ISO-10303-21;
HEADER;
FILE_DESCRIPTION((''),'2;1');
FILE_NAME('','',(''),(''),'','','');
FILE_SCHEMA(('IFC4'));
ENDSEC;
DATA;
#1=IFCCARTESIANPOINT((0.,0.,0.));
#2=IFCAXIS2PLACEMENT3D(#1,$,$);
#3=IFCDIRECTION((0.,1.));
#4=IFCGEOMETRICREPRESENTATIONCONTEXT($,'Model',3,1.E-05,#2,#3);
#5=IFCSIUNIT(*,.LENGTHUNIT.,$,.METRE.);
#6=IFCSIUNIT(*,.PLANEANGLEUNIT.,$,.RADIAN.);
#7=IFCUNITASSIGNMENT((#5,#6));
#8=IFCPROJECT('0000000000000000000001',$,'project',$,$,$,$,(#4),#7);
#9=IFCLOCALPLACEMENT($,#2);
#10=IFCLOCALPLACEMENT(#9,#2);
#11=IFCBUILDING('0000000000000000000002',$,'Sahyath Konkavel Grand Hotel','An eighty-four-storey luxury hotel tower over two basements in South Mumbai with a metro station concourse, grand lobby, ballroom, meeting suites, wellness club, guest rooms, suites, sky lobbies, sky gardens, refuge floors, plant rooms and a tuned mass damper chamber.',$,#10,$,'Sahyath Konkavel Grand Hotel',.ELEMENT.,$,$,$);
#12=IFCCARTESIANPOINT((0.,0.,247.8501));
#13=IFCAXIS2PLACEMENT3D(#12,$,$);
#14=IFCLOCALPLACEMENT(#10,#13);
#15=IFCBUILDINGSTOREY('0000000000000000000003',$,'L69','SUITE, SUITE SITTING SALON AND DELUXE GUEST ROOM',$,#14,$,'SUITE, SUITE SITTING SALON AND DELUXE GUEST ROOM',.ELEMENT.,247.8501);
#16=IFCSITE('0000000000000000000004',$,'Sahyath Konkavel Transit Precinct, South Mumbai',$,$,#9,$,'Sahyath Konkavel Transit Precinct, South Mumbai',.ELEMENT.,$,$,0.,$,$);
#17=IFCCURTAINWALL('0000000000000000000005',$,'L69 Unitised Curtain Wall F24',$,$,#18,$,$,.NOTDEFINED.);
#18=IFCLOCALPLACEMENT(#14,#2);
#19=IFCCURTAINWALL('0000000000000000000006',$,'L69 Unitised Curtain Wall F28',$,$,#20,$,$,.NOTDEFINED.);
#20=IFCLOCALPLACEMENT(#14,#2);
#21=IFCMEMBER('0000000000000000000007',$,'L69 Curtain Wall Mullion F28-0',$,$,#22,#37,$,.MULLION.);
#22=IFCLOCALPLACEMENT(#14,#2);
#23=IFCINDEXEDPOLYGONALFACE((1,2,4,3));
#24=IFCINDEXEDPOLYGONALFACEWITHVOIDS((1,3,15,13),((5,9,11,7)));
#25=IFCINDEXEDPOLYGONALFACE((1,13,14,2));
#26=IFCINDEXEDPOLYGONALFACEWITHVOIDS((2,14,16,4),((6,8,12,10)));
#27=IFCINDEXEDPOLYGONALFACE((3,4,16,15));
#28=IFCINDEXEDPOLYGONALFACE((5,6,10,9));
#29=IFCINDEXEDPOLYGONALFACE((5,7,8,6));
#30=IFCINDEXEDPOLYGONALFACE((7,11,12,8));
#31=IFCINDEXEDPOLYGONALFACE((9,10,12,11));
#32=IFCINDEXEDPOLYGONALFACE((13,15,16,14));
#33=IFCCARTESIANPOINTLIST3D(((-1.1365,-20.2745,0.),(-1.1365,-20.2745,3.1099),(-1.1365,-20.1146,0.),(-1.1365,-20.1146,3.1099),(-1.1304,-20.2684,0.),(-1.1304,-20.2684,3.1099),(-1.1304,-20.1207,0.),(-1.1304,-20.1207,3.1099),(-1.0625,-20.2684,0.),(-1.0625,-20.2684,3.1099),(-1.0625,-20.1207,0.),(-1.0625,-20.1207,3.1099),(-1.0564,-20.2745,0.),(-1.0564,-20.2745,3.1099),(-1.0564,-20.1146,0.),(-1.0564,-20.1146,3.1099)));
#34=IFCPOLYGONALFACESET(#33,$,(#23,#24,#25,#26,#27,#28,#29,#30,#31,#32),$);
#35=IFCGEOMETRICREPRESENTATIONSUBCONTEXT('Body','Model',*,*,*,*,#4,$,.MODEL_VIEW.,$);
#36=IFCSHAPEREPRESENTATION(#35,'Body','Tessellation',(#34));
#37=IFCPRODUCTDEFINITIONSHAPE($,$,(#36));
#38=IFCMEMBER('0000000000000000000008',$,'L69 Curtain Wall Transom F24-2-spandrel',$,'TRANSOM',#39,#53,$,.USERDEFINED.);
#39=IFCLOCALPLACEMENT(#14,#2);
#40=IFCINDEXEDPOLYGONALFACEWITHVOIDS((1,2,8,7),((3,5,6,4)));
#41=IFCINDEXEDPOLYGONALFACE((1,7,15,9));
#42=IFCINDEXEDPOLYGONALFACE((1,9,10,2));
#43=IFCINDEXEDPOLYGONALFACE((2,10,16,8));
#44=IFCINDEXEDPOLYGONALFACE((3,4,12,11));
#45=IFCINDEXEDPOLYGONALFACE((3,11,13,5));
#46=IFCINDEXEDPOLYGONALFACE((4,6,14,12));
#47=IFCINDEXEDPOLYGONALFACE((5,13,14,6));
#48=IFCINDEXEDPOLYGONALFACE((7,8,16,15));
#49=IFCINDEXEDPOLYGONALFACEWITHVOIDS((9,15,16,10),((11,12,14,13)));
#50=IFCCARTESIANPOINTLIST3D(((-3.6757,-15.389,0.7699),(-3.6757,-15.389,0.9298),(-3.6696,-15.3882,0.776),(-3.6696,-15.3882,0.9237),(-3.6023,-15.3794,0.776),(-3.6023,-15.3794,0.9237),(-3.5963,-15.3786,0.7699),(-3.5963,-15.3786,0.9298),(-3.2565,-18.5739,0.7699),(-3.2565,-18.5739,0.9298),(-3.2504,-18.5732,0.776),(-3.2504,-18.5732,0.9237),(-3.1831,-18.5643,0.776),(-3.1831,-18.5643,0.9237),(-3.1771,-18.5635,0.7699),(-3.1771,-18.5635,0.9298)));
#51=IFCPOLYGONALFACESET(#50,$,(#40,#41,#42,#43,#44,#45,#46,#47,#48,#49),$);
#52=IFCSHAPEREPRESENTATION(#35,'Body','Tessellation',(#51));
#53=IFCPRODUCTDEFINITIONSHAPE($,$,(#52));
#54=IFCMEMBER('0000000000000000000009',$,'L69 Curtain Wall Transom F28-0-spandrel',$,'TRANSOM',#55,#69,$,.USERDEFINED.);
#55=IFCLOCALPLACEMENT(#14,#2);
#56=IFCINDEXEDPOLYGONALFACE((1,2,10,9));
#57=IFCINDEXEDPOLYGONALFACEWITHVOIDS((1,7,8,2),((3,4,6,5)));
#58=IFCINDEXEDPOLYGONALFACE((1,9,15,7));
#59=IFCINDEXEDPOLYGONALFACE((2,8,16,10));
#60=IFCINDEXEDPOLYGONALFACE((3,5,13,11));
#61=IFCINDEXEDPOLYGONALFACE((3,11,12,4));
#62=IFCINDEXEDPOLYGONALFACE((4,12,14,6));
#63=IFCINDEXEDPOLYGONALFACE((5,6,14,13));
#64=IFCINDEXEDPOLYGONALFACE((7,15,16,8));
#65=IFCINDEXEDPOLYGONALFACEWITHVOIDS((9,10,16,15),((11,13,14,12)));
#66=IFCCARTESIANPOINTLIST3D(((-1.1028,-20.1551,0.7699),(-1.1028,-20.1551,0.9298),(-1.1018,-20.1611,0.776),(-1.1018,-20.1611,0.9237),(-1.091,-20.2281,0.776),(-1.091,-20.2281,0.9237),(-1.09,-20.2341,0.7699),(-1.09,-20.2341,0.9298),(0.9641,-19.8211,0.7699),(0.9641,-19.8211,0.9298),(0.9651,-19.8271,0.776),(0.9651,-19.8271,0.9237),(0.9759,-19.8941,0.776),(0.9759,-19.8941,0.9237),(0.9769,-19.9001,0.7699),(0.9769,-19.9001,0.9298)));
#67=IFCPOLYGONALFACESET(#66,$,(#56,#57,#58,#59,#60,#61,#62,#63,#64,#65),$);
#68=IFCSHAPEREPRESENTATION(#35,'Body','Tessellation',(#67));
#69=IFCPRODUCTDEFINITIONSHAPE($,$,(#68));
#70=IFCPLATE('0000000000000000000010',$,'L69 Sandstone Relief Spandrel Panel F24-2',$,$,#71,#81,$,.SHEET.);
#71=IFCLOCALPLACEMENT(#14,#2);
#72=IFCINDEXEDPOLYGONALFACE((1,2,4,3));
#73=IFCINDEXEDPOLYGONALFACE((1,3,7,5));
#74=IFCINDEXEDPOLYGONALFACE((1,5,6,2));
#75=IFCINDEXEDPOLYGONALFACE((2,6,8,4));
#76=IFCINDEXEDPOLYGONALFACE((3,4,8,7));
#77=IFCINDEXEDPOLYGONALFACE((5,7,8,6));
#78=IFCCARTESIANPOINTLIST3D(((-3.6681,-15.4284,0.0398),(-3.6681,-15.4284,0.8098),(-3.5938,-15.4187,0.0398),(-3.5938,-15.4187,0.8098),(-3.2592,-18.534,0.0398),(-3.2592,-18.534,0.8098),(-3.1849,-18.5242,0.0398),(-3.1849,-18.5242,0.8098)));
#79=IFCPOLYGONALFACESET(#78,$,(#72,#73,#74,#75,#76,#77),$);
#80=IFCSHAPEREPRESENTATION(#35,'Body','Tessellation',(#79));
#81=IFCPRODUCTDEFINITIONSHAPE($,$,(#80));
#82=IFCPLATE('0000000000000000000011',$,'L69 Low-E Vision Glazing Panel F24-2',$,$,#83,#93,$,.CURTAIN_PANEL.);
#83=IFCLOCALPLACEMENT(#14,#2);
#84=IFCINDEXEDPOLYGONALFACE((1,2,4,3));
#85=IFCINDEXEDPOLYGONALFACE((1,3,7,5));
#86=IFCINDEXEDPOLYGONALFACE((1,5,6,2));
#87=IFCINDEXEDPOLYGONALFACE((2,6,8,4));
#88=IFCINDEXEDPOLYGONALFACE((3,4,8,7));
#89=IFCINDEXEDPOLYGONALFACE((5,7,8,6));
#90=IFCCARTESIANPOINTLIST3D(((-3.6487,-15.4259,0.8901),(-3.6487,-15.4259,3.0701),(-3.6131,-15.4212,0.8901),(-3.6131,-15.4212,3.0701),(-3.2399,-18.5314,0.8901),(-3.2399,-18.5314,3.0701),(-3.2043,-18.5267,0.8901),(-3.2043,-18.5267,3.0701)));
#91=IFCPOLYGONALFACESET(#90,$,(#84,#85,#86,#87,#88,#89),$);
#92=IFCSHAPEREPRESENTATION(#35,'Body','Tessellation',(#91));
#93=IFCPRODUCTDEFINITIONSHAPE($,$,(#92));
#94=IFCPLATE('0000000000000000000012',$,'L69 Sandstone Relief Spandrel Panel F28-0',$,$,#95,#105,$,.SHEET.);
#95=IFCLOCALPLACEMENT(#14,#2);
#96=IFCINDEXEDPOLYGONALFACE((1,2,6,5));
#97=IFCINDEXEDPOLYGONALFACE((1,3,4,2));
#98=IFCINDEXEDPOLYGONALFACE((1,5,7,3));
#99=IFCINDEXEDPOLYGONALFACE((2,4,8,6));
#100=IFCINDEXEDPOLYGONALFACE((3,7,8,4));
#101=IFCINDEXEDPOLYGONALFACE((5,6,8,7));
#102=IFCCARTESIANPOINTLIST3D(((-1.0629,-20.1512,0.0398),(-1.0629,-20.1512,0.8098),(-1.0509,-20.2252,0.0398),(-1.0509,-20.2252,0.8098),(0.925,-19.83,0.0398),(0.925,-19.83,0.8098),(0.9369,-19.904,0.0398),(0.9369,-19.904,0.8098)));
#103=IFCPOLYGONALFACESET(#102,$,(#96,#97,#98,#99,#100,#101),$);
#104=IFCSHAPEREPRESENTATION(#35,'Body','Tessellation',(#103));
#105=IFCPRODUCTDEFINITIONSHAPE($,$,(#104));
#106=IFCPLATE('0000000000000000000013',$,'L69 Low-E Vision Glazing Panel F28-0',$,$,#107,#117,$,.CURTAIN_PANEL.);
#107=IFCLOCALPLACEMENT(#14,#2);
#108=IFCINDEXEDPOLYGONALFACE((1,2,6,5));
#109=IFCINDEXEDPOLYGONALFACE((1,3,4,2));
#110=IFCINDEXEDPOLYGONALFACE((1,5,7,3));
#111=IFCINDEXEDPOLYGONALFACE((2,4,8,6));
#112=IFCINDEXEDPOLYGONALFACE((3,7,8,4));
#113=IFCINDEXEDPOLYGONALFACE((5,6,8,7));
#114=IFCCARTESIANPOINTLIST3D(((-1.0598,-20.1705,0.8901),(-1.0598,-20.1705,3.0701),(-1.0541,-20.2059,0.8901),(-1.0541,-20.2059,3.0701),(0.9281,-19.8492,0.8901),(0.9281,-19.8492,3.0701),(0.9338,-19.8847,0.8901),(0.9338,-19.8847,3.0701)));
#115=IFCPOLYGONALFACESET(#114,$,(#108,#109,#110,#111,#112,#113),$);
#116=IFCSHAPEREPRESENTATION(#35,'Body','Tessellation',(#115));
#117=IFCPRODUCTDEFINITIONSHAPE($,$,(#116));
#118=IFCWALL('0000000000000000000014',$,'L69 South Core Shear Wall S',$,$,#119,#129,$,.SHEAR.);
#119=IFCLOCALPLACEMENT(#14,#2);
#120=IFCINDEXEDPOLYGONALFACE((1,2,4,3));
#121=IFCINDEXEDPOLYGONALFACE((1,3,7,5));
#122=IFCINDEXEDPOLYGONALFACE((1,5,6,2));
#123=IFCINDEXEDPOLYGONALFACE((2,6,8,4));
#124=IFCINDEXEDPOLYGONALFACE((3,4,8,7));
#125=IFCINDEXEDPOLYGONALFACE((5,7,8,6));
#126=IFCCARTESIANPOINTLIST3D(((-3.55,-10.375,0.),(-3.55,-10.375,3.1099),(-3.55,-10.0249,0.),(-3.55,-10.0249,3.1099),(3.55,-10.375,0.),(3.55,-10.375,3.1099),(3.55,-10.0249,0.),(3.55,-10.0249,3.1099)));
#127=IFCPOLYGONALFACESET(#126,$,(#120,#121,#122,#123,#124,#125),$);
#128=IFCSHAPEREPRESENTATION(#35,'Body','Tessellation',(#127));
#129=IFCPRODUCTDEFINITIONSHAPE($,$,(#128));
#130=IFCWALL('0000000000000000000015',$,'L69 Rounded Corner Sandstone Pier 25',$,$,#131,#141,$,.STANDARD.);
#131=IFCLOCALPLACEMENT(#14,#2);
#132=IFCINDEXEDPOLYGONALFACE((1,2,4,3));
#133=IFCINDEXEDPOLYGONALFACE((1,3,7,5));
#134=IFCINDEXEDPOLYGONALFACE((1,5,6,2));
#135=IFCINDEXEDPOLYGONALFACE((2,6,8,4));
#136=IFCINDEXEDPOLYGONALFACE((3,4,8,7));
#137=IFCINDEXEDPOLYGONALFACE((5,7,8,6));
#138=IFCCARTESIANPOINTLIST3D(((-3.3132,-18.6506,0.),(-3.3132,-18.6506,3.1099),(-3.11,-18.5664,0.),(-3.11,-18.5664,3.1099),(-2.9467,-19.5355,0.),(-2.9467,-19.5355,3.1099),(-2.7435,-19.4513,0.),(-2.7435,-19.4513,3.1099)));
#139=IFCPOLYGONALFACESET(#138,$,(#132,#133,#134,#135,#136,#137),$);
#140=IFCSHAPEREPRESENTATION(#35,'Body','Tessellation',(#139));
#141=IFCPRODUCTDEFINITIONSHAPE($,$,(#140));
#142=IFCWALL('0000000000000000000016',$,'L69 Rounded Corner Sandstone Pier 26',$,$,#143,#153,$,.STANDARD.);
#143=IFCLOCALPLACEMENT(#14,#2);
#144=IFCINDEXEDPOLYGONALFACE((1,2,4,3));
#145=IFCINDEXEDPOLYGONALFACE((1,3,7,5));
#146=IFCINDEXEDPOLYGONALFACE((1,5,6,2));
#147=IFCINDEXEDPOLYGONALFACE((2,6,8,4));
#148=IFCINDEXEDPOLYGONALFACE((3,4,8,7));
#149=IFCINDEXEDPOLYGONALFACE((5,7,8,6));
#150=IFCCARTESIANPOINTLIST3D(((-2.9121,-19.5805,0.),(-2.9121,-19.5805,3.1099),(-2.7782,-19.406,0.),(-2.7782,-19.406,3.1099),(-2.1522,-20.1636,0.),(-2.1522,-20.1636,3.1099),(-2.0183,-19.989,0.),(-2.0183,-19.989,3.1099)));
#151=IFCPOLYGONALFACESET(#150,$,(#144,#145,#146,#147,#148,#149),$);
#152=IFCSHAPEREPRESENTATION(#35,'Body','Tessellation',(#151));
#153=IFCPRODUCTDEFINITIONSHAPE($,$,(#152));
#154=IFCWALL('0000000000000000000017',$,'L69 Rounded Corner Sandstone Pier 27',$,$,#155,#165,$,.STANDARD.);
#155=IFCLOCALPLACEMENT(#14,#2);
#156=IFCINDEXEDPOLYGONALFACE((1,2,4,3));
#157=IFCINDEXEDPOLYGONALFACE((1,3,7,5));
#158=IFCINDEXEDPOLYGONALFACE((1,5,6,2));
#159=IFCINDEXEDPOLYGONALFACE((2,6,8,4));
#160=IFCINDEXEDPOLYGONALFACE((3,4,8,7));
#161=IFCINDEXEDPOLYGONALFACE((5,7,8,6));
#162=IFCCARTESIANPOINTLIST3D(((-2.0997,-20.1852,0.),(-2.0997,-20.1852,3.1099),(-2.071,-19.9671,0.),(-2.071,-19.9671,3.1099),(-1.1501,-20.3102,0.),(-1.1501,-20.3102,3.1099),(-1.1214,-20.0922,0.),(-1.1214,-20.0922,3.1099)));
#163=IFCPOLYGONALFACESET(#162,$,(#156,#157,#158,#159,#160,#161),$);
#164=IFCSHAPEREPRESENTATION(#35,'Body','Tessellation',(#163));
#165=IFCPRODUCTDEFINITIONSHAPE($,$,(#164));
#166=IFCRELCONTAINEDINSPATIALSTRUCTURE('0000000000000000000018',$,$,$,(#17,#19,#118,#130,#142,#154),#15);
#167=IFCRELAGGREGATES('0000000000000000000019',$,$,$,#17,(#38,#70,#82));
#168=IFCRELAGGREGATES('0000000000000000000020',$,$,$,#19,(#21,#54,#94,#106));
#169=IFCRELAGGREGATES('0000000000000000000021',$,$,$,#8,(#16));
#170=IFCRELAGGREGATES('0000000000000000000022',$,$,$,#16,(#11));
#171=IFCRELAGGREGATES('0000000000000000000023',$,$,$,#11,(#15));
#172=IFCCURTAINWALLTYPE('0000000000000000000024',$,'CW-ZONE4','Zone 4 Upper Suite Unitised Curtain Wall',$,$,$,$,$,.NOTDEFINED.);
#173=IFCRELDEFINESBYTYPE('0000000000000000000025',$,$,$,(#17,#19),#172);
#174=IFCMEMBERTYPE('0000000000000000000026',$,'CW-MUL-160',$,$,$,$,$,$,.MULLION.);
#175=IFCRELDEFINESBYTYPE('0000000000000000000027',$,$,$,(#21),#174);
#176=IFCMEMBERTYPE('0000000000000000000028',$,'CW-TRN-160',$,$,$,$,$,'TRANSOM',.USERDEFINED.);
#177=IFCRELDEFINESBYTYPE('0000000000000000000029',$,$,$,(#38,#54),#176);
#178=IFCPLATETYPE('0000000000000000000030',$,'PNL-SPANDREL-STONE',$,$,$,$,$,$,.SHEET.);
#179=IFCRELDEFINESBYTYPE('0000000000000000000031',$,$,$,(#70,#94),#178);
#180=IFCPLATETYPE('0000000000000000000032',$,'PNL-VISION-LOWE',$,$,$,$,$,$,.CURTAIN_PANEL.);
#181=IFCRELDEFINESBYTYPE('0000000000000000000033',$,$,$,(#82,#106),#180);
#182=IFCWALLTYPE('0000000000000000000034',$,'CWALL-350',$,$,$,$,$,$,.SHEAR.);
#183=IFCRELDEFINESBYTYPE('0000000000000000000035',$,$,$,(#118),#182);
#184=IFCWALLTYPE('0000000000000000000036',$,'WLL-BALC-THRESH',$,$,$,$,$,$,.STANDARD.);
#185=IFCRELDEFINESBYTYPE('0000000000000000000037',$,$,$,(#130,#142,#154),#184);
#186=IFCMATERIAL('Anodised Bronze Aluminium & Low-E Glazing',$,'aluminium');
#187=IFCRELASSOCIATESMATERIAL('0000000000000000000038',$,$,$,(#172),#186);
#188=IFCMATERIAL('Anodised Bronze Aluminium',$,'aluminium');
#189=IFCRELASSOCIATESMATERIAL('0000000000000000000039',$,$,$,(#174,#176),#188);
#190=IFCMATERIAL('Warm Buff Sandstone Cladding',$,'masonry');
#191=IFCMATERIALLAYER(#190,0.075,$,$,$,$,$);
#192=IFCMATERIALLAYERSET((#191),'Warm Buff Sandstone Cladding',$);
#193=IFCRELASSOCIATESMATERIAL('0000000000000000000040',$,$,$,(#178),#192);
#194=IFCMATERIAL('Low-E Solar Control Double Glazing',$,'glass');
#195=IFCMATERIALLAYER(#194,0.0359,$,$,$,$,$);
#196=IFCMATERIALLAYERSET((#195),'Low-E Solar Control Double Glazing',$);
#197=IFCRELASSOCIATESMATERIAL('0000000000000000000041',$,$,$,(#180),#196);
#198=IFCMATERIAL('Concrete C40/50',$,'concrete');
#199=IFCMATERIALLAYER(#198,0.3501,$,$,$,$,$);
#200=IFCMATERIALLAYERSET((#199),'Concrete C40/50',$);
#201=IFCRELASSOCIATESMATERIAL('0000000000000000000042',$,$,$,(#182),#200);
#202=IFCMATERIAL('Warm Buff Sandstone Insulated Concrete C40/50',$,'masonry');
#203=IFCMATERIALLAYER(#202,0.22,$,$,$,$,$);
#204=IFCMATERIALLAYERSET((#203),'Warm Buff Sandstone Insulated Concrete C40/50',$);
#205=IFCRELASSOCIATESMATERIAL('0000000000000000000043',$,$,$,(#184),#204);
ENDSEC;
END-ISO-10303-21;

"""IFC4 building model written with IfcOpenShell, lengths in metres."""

from ifc_helpers import new_model, si_unit, direction, frame, frame_2d, origin, origin_2d, place, context, subcontext, project, spatial, rectangle, hollow_rectangle, extrude, source, transform, mapped, material, layer, layer_set, material_profile, profile_set, type_object, element, aggregate, save


model = new_model("IFC4")

# Units and contexts
model_context = context("Model", 3, precision=1e-05, world=origin(), true_north=direction((0.0, 1.0)))
body_context = subcontext(model_context, "Body", "Model", "MODEL_VIEW")
ifc_project = project(units=[si_unit("LENGTHUNIT", "METRE"), si_unit("PLANEANGLEUNIT", "RADIAN")], contexts=[model_context])

# Site, building, storey
site_placement = place(None, origin())
site = spatial("IfcSite", under=ifc_project, at=site_placement, Name="Sahyath Konkavel Transit Precinct, South Mumbai", LongName="Sahyath Konkavel Transit Precinct, South Mumbai", CompositionType="ELEMENT", RefElevation=0.0)
building_placement = place(site_placement, origin())
building = spatial("IfcBuilding", under=site, at=building_placement, Name="Sahyath Konkavel Grand Hotel", Description="An eighty-four-storey luxury hotel tower over two basements in South Mumbai with a metro station concourse, grand lobby, ballroom, meeting suites, wellness club, guest rooms, suites, sky lobbies, sky gardens, refuge floors, plant rooms and a tuned mass damper chamber.", LongName="Sahyath Konkavel Grand Hotel", CompositionType="ELEMENT")
storey_placement = place(building_placement, frame((0.0, 0.0, 247.8501)))
storey = spatial("IfcBuildingStorey", under=building, at=storey_placement, Name="L69", Description="SUITE, SUITE SITTING SALON AND DELUXE GUEST ROOM", LongName="SUITE, SUITE SITTING SALON AND DELUXE GUEST ROOM", CompositionType="ELEMENT", Elevation=247.8501)

# Shared definitions
ifc_material_1 = material(Name="Concrete C40/50", Category="concrete")

# Curtain wall
ifc_material_2 = material(Name="Anodised Bronze Aluminium & Low-E Glazing", Category="aluminium")
curtain_wall_type = type_object("IfcCurtainWallType", Name="CW-ZONE4", Description="Zone 4 Upper Suite Unitised Curtain Wall", PredefinedType="NOTDEFINED", material=ifc_material_2)
curtain_wall_1_placement = place(storey_placement, origin())
curtain_wall_1 = element("IfcCurtainWall", 1, at=curtain_wall_1_placement, inside=storey, type_object=curtain_wall_type, Name="L69 Unitised Curtain Wall F24", PredefinedType="NOTDEFINED")
ifc_material_3 = material(Name="Anodised Bronze Aluminium", Category="aluminium")
ifc_material_profile_1 = material_profile(ifc_material_3, hollow_rectangle(XDim=0.0801, YDim=0.1599, WallThickness=0.0061, at=origin_2d()), Name="RHS 160x80x6")
ifc_profile_set_1 = profile_set([ifc_material_profile_1], Name="Anodised Bronze Aluminium")
member_type_1 = type_object("IfcMemberType", Name="CW-MUL-160", PredefinedType="MULLION", material=ifc_profile_set_1)
shared_shape_1 = source(origin(), body_context, "Body", "SweptSolid", [
    extrude(hollow_rectangle(XDim=0.0801, YDim=0.1599, WallThickness=0.0061, at=origin_2d()), origin(), (0.0, 0.0, 1.0), 3.1099),
])

# Curtain wall, member
curtain_wall_2_placement = place(storey_placement, origin())
curtain_wall_2 = element("IfcCurtainWall", 2, at=curtain_wall_2_placement, inside=storey, type_object=curtain_wall_type, Name="L69 Unitised Curtain Wall F28", PredefinedType="NOTDEFINED")
member_1_placement = place(storey_placement, frame((-1.0964, -20.1946, 0.0), z_axis=(0.0, 0.0, 1.0), x_axis=(1.0, 0.0, 0.0)))
member_1 = element("IfcMember", 3, at=member_1_placement, type_object=member_type_1, Name="L69 Curtain Wall Mullion F28-0", PredefinedType="MULLION", context=body_context, shape_type="MappedRepresentation", body=[
    mapped(shared_shape_1, transform((0.0, 0.0, 0.0), scale=1.0)),
])

# Members
ifc_material_profile_2 = material_profile(ifc_material_3, hollow_rectangle(XDim=0.0801, YDim=0.1599, WallThickness=0.0061, at=origin_2d()), Name="RHS 160x80x6")
ifc_profile_set_2 = profile_set([ifc_material_profile_2], Name="Anodised Bronze Aluminium")
member_type_2 = type_object("IfcMemberType", Name="CW-TRN-160", ElementType="TRANSOM", PredefinedType="USERDEFINED", material=ifc_profile_set_2)
shared_shape_2 = source(origin(), body_context, "Body", "SweptSolid", [
    extrude(hollow_rectangle(XDim=0.0801, YDim=0.1599, WallThickness=0.0061, at=origin_2d()), origin(), (0.0, 0.0, 1.0), 3.2124),
])
member_2_placement = place(storey_placement, frame((-3.636, -15.3838, 0.8499), z_axis=(0.130496, -0.991449, 0.0), x_axis=(0.991449, 0.130496, 0.0)))
member_2 = element("IfcMember", 4, at=member_2_placement, type_object=member_type_2, Name="L69 Curtain Wall Transom F24-2-spandrel", ObjectType="TRANSOM", PredefinedType="USERDEFINED", context=body_context, shape_type="MappedRepresentation", body=[
    mapped(shared_shape_2, transform((0.0, 0.0, 0.0), scale=1.0)),
])
shared_shape_3 = source(origin(), body_context, "Body", "SweptSolid", [
    extrude(hollow_rectangle(XDim=0.0801, YDim=0.1599, WallThickness=0.0061, at=origin_2d()), origin(), (0.0, 0.0, 1.0), 2.0938),
])
member_3_placement = place(storey_placement, frame((-1.0964, -20.1946, 0.8499), z_axis=(0.987195, 0.159518, 0.0), x_axis=(-0.159518, 0.987195, 0.0)))
member_3 = element("IfcMember", 5, at=member_3_placement, type_object=member_type_2, Name="L69 Curtain Wall Transom F28-0-spandrel", ObjectType="TRANSOM", PredefinedType="USERDEFINED", context=body_context, shape_type="MappedRepresentation", body=[
    mapped(shared_shape_3, transform((0.0, 0.0, 0.0), scale=1.0)),
])

# Plates
ifc_material_4 = material(Name="Warm Buff Sandstone Cladding", Category="masonry")
ifc_layer_1 = layer(ifc_material_4, 0.075)
ifc_layer_set_1 = layer_set([ifc_layer_1], Name="Warm Buff Sandstone Cladding")
plate_type_1 = type_object("IfcPlateType", Name="PNL-SPANDREL-STONE", PredefinedType="SHEET", material=ifc_layer_set_1)
shared_shape_4 = source(origin(), body_context, "Body", "SweptSolid", [
    extrude(rectangle(XDim=3.1323, YDim=0.075, at=origin_2d()), origin(), (0.0, 0.0, 1.0), 0.77),
])
plate_1_placement = place(storey_placement, frame((-3.4265, -16.9763, 0.0398), z_axis=(0.0, 0.0, 1.0), x_axis=(0.130526, -0.991445, 0.0)))
plate_1 = element("IfcPlate", 6, at=plate_1_placement, type_object=plate_type_1, Name="L69 Sandstone Relief Spandrel Panel F24-2", PredefinedType="SHEET", context=body_context, shape_type="MappedRepresentation", body=[
    mapped(shared_shape_4, transform((0.0, 0.0, 0.0), scale=1.0)),
])
ifc_material_5 = material(Name="Low-E Solar Control Double Glazing", Category="glass")
ifc_layer_2 = layer(ifc_material_5, 0.0359)
ifc_layer_set_2 = layer_set([ifc_layer_2], Name="Low-E Solar Control Double Glazing")
plate_type_2 = type_object("IfcPlateType", Name="PNL-VISION-LOWE", PredefinedType="CURTAIN_PANEL", material=ifc_layer_set_2)
shared_shape_5 = source(origin(), body_context, "Body", "SweptSolid", [
    extrude(rectangle(XDim=3.1323, YDim=0.0359, at=origin_2d()), origin(), (0.0, 0.0, 1.0), 2.1799),
])
plate_2_placement = place(storey_placement, frame((-3.4265, -16.9763, 0.8901), z_axis=(0.0, 0.0, 1.0), x_axis=(0.130526, -0.991445, 0.0)))
plate_2 = element("IfcPlate", 7, at=plate_2_placement, type_object=plate_type_2, Name="L69 Low-E Vision Glazing Panel F24-2", PredefinedType="CURTAIN_PANEL", context=body_context, shape_type="MappedRepresentation", body=[
    mapped(shared_shape_5, transform((0.0, 0.0, 0.0), scale=1.0)),
])
aggregate(curtain_wall_1, [member_2, plate_1, plate_2])
shared_shape_6 = source(origin(), body_context, "Body", "SweptSolid", [
    extrude(rectangle(XDim=2.0137, YDim=0.075, at=origin_2d()), origin(), (0.0, 0.0, 1.0), 0.77),
])
plate_3_placement = place(storey_placement, frame((-0.063, -20.0276, 0.0398), z_axis=(0.0, 0.0, 1.0), x_axis=(0.987192, 0.159537, 0.0)))
plate_3 = element("IfcPlate", 8, at=plate_3_placement, type_object=plate_type_1, Name="L69 Sandstone Relief Spandrel Panel F28-0", PredefinedType="SHEET", context=body_context, shape_type="MappedRepresentation", body=[
    mapped(shared_shape_6, transform((0.0, 0.0, 0.0), scale=1.0)),
])
shared_shape_7 = source(origin(), body_context, "Body", "SweptSolid", [
    extrude(rectangle(XDim=2.0137, YDim=0.0359, at=origin_2d()), origin(), (0.0, 0.0, 1.0), 2.1799),
])
plate_4_placement = place(storey_placement, frame((-0.063, -20.0276, 0.8901), z_axis=(0.0, 0.0, 1.0), x_axis=(0.987192, 0.159537, 0.0)))
plate_4 = element("IfcPlate", 9, at=plate_4_placement, type_object=plate_type_2, Name="L69 Low-E Vision Glazing Panel F28-0", PredefinedType="CURTAIN_PANEL", context=body_context, shape_type="MappedRepresentation", body=[
    mapped(shared_shape_7, transform((0.0, 0.0, 0.0), scale=1.0)),
])
aggregate(curtain_wall_2, [member_1, member_3, plate_3, plate_4])

# Walls
ifc_layer_3 = layer(ifc_material_1, 0.3501)
ifc_layer_set_3 = layer_set([ifc_layer_3], Name="Concrete C40/50")
wall_type_1 = type_object("IfcWallType", Name="CWALL-350", PredefinedType="SHEAR", material=ifc_layer_set_3)
wall_1_placement = place(storey_placement, frame((-3.55, -10.2, 0.0), z_axis=(0.0, 0.0, 1.0), x_axis=(1.0, 0.0, 0.0)))
element("IfcWall", 10, at=wall_1_placement, inside=storey, type_object=wall_type_1, Name="L69 South Core Shear Wall S", PredefinedType="SHEAR", context=body_context, shape_type="SweptSolid", body=[
    extrude(rectangle(XDim=7.1001, YDim=0.3501, at=frame_2d((3.55, 0.0))), origin(), (0.0, 0.0, 1.0), 3.1099),
])
ifc_material_6 = material(Name="Warm Buff Sandstone Insulated Concrete C40/50", Category="masonry")
ifc_layer_4 = layer(ifc_material_6, 0.22)
ifc_layer_set_4 = layer_set([ifc_layer_4], Name="Warm Buff Sandstone Insulated Concrete C40/50")
wall_type_2 = type_object("IfcWallType", Name="WLL-BALC-THRESH", PredefinedType="STANDARD", material=ifc_layer_set_4)
for number, where, z_axis, x_axis, name in (
    (11, (-3.2117, -18.6084, 0.0), (0.0, 0.0, 1.0), (0.38266, -0.923889, 0.0), "L69 Rounded Corner Sandstone Pier 25"),
    (12, (-2.8452, -19.4932, 0.0), (0.0, 0.0, 1.0), (0.793344, -0.608774, 0.0), "L69 Rounded Corner Sandstone Pier 26"),
    (13, (-2.0854, -20.0762, 0.0), (0.0, 0.0, 1.0), (0.991445, -0.130527, 0.0), "L69 Rounded Corner Sandstone Pier 27"),
):
    element("IfcWall", number, at=place(storey_placement, frame(where, z_axis=z_axis, x_axis=x_axis)), inside=storey, type_object=wall_type_2, Name=name, PredefinedType="STANDARD", context=body_context, shape_type="SweptSolid", body=[
        extrude(rectangle(XDim=0.9578, YDim=0.22, at=frame_2d((0.479, 0.0))), origin(), (0.0, 0.0, 1.0), 3.1099),
    ])

save(model, "model.ifc")
